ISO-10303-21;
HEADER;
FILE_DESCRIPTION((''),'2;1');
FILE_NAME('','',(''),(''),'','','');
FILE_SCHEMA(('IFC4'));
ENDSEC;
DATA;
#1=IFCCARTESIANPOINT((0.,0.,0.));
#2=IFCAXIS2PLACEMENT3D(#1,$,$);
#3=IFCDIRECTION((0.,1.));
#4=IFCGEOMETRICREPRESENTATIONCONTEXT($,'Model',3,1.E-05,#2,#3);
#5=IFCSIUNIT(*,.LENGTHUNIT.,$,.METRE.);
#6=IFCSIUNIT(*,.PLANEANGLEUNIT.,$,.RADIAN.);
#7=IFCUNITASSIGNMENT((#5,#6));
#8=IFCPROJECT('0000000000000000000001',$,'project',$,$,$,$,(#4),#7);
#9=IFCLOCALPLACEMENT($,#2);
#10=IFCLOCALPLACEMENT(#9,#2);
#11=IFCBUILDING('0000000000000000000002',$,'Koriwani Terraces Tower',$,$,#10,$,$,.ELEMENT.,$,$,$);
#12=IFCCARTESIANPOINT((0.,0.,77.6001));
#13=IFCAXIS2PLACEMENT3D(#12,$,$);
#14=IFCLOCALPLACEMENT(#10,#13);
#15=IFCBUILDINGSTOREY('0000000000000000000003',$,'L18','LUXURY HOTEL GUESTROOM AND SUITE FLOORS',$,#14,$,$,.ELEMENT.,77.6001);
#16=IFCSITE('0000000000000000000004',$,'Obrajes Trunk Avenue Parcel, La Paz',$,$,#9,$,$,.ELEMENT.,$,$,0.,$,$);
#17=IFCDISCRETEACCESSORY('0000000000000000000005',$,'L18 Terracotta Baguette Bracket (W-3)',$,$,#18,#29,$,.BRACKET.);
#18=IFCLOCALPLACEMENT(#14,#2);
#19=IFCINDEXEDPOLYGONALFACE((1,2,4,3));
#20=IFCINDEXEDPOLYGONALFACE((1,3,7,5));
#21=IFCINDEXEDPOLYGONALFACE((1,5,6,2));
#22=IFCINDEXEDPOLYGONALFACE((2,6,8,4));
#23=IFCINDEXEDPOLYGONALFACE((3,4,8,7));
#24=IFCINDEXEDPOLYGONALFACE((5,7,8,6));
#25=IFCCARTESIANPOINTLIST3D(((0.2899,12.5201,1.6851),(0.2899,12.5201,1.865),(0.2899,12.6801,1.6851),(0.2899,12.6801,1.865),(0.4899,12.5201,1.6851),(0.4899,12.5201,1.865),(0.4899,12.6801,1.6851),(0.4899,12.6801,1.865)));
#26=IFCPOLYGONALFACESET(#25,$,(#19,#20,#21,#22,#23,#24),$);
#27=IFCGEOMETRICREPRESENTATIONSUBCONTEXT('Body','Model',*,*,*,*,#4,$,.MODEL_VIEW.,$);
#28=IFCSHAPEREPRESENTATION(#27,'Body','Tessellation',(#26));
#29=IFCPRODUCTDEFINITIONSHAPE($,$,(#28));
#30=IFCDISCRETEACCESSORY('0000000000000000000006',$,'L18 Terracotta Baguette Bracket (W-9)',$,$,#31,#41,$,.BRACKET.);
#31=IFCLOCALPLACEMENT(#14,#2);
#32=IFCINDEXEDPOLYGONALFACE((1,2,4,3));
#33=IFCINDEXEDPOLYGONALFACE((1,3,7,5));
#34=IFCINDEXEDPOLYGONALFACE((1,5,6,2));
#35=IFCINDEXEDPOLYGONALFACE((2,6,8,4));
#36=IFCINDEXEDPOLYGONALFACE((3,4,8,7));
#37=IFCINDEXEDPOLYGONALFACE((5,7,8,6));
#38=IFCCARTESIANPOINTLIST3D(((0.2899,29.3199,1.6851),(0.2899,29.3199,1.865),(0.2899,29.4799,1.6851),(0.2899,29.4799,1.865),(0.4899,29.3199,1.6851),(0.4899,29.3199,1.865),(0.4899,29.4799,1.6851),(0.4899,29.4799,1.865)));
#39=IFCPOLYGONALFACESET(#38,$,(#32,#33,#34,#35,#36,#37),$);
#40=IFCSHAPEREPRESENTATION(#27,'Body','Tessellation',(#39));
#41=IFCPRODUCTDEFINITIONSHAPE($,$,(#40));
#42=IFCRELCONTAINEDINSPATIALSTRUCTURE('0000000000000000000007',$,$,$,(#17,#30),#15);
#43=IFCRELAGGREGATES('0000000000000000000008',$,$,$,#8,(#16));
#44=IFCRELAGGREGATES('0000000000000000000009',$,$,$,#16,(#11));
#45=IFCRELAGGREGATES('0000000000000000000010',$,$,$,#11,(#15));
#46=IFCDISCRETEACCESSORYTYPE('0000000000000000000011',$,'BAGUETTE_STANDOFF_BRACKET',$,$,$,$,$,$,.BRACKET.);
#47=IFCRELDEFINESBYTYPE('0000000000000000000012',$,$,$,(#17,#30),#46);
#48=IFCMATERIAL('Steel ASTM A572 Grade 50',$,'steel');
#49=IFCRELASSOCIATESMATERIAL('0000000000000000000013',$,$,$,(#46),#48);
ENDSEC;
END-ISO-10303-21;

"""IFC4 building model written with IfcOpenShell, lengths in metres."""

from ifc_helpers import new_model, si_unit, direction, frame, origin, origin_2d, place, context, subcontext, project, spatial, rectangle, extrude, material, type_object, element, save


model = new_model("IFC4")

# Units and contexts
model_context = context("Model", 3, precision=1e-05, world=origin(), true_north=direction((0.0, 1.0)))
body_context = subcontext(model_context, "Body", "Model", "MODEL_VIEW")
ifc_project = project(units=[si_unit("LENGTHUNIT", "METRE"), si_unit("PLANEANGLEUNIT", "RADIAN")], contexts=[model_context])

# Site, building, storey
site_placement = place(None, origin())
site = spatial("IfcSite", under=ifc_project, at=site_placement, Name="Obrajes Trunk Avenue Parcel, La Paz", CompositionType="ELEMENT", RefElevation=0.0)
building_placement = place(site_placement, origin())
building = spatial("IfcBuilding", under=site, at=building_placement, Name="Koriwani Terraces Tower", CompositionType="ELEMENT")
storey_placement = place(building_placement, frame((0.0, 0.0, 77.6001)))
storey = spatial("IfcBuildingStorey", under=building, at=storey_placement, Name="L18", Description="LUXURY HOTEL GUESTROOM AND SUITE FLOORS", CompositionType="ELEMENT", Elevation=77.6001)

# Shared definitions
ifc_material_1 = material(Name="Steel ASTM A572 Grade 50", Category="steel")

# Discrete accessories
discrete_accessory_type = type_object("IfcDiscreteAccessoryType", Name="BAGUETTE_STANDOFF_BRACKET", PredefinedType="BRACKET", material=ifc_material_1)
for number, where, z_axis, x_axis, name in (
    (1, (0.3899, 12.6001, 1.6851), (0.0, 0.0, 1.0), (0.0, 1.0, 0.0), "L18 Terracotta Baguette Bracket (W-3)"),
    (2, (0.3899, 29.3999, 1.6851), (0.0, 0.0, 1.0), (0.0, 1.0, 0.0), "L18 Terracotta Baguette Bracket (W-9)"),
):
    element("IfcDiscreteAccessory", number, at=place(storey_placement, frame(where, z_axis=z_axis, x_axis=x_axis)), inside=storey, type_object=discrete_accessory_type, Name=name, PredefinedType="BRACKET", context=body_context, shape_type="SweptSolid", body=[
        extrude(rectangle(XDim=0.1599, YDim=0.2, at=origin_2d()), origin(), (0.0, 0.0, 1.0), 0.1799),
    ])

save(model, "model.ifc")
